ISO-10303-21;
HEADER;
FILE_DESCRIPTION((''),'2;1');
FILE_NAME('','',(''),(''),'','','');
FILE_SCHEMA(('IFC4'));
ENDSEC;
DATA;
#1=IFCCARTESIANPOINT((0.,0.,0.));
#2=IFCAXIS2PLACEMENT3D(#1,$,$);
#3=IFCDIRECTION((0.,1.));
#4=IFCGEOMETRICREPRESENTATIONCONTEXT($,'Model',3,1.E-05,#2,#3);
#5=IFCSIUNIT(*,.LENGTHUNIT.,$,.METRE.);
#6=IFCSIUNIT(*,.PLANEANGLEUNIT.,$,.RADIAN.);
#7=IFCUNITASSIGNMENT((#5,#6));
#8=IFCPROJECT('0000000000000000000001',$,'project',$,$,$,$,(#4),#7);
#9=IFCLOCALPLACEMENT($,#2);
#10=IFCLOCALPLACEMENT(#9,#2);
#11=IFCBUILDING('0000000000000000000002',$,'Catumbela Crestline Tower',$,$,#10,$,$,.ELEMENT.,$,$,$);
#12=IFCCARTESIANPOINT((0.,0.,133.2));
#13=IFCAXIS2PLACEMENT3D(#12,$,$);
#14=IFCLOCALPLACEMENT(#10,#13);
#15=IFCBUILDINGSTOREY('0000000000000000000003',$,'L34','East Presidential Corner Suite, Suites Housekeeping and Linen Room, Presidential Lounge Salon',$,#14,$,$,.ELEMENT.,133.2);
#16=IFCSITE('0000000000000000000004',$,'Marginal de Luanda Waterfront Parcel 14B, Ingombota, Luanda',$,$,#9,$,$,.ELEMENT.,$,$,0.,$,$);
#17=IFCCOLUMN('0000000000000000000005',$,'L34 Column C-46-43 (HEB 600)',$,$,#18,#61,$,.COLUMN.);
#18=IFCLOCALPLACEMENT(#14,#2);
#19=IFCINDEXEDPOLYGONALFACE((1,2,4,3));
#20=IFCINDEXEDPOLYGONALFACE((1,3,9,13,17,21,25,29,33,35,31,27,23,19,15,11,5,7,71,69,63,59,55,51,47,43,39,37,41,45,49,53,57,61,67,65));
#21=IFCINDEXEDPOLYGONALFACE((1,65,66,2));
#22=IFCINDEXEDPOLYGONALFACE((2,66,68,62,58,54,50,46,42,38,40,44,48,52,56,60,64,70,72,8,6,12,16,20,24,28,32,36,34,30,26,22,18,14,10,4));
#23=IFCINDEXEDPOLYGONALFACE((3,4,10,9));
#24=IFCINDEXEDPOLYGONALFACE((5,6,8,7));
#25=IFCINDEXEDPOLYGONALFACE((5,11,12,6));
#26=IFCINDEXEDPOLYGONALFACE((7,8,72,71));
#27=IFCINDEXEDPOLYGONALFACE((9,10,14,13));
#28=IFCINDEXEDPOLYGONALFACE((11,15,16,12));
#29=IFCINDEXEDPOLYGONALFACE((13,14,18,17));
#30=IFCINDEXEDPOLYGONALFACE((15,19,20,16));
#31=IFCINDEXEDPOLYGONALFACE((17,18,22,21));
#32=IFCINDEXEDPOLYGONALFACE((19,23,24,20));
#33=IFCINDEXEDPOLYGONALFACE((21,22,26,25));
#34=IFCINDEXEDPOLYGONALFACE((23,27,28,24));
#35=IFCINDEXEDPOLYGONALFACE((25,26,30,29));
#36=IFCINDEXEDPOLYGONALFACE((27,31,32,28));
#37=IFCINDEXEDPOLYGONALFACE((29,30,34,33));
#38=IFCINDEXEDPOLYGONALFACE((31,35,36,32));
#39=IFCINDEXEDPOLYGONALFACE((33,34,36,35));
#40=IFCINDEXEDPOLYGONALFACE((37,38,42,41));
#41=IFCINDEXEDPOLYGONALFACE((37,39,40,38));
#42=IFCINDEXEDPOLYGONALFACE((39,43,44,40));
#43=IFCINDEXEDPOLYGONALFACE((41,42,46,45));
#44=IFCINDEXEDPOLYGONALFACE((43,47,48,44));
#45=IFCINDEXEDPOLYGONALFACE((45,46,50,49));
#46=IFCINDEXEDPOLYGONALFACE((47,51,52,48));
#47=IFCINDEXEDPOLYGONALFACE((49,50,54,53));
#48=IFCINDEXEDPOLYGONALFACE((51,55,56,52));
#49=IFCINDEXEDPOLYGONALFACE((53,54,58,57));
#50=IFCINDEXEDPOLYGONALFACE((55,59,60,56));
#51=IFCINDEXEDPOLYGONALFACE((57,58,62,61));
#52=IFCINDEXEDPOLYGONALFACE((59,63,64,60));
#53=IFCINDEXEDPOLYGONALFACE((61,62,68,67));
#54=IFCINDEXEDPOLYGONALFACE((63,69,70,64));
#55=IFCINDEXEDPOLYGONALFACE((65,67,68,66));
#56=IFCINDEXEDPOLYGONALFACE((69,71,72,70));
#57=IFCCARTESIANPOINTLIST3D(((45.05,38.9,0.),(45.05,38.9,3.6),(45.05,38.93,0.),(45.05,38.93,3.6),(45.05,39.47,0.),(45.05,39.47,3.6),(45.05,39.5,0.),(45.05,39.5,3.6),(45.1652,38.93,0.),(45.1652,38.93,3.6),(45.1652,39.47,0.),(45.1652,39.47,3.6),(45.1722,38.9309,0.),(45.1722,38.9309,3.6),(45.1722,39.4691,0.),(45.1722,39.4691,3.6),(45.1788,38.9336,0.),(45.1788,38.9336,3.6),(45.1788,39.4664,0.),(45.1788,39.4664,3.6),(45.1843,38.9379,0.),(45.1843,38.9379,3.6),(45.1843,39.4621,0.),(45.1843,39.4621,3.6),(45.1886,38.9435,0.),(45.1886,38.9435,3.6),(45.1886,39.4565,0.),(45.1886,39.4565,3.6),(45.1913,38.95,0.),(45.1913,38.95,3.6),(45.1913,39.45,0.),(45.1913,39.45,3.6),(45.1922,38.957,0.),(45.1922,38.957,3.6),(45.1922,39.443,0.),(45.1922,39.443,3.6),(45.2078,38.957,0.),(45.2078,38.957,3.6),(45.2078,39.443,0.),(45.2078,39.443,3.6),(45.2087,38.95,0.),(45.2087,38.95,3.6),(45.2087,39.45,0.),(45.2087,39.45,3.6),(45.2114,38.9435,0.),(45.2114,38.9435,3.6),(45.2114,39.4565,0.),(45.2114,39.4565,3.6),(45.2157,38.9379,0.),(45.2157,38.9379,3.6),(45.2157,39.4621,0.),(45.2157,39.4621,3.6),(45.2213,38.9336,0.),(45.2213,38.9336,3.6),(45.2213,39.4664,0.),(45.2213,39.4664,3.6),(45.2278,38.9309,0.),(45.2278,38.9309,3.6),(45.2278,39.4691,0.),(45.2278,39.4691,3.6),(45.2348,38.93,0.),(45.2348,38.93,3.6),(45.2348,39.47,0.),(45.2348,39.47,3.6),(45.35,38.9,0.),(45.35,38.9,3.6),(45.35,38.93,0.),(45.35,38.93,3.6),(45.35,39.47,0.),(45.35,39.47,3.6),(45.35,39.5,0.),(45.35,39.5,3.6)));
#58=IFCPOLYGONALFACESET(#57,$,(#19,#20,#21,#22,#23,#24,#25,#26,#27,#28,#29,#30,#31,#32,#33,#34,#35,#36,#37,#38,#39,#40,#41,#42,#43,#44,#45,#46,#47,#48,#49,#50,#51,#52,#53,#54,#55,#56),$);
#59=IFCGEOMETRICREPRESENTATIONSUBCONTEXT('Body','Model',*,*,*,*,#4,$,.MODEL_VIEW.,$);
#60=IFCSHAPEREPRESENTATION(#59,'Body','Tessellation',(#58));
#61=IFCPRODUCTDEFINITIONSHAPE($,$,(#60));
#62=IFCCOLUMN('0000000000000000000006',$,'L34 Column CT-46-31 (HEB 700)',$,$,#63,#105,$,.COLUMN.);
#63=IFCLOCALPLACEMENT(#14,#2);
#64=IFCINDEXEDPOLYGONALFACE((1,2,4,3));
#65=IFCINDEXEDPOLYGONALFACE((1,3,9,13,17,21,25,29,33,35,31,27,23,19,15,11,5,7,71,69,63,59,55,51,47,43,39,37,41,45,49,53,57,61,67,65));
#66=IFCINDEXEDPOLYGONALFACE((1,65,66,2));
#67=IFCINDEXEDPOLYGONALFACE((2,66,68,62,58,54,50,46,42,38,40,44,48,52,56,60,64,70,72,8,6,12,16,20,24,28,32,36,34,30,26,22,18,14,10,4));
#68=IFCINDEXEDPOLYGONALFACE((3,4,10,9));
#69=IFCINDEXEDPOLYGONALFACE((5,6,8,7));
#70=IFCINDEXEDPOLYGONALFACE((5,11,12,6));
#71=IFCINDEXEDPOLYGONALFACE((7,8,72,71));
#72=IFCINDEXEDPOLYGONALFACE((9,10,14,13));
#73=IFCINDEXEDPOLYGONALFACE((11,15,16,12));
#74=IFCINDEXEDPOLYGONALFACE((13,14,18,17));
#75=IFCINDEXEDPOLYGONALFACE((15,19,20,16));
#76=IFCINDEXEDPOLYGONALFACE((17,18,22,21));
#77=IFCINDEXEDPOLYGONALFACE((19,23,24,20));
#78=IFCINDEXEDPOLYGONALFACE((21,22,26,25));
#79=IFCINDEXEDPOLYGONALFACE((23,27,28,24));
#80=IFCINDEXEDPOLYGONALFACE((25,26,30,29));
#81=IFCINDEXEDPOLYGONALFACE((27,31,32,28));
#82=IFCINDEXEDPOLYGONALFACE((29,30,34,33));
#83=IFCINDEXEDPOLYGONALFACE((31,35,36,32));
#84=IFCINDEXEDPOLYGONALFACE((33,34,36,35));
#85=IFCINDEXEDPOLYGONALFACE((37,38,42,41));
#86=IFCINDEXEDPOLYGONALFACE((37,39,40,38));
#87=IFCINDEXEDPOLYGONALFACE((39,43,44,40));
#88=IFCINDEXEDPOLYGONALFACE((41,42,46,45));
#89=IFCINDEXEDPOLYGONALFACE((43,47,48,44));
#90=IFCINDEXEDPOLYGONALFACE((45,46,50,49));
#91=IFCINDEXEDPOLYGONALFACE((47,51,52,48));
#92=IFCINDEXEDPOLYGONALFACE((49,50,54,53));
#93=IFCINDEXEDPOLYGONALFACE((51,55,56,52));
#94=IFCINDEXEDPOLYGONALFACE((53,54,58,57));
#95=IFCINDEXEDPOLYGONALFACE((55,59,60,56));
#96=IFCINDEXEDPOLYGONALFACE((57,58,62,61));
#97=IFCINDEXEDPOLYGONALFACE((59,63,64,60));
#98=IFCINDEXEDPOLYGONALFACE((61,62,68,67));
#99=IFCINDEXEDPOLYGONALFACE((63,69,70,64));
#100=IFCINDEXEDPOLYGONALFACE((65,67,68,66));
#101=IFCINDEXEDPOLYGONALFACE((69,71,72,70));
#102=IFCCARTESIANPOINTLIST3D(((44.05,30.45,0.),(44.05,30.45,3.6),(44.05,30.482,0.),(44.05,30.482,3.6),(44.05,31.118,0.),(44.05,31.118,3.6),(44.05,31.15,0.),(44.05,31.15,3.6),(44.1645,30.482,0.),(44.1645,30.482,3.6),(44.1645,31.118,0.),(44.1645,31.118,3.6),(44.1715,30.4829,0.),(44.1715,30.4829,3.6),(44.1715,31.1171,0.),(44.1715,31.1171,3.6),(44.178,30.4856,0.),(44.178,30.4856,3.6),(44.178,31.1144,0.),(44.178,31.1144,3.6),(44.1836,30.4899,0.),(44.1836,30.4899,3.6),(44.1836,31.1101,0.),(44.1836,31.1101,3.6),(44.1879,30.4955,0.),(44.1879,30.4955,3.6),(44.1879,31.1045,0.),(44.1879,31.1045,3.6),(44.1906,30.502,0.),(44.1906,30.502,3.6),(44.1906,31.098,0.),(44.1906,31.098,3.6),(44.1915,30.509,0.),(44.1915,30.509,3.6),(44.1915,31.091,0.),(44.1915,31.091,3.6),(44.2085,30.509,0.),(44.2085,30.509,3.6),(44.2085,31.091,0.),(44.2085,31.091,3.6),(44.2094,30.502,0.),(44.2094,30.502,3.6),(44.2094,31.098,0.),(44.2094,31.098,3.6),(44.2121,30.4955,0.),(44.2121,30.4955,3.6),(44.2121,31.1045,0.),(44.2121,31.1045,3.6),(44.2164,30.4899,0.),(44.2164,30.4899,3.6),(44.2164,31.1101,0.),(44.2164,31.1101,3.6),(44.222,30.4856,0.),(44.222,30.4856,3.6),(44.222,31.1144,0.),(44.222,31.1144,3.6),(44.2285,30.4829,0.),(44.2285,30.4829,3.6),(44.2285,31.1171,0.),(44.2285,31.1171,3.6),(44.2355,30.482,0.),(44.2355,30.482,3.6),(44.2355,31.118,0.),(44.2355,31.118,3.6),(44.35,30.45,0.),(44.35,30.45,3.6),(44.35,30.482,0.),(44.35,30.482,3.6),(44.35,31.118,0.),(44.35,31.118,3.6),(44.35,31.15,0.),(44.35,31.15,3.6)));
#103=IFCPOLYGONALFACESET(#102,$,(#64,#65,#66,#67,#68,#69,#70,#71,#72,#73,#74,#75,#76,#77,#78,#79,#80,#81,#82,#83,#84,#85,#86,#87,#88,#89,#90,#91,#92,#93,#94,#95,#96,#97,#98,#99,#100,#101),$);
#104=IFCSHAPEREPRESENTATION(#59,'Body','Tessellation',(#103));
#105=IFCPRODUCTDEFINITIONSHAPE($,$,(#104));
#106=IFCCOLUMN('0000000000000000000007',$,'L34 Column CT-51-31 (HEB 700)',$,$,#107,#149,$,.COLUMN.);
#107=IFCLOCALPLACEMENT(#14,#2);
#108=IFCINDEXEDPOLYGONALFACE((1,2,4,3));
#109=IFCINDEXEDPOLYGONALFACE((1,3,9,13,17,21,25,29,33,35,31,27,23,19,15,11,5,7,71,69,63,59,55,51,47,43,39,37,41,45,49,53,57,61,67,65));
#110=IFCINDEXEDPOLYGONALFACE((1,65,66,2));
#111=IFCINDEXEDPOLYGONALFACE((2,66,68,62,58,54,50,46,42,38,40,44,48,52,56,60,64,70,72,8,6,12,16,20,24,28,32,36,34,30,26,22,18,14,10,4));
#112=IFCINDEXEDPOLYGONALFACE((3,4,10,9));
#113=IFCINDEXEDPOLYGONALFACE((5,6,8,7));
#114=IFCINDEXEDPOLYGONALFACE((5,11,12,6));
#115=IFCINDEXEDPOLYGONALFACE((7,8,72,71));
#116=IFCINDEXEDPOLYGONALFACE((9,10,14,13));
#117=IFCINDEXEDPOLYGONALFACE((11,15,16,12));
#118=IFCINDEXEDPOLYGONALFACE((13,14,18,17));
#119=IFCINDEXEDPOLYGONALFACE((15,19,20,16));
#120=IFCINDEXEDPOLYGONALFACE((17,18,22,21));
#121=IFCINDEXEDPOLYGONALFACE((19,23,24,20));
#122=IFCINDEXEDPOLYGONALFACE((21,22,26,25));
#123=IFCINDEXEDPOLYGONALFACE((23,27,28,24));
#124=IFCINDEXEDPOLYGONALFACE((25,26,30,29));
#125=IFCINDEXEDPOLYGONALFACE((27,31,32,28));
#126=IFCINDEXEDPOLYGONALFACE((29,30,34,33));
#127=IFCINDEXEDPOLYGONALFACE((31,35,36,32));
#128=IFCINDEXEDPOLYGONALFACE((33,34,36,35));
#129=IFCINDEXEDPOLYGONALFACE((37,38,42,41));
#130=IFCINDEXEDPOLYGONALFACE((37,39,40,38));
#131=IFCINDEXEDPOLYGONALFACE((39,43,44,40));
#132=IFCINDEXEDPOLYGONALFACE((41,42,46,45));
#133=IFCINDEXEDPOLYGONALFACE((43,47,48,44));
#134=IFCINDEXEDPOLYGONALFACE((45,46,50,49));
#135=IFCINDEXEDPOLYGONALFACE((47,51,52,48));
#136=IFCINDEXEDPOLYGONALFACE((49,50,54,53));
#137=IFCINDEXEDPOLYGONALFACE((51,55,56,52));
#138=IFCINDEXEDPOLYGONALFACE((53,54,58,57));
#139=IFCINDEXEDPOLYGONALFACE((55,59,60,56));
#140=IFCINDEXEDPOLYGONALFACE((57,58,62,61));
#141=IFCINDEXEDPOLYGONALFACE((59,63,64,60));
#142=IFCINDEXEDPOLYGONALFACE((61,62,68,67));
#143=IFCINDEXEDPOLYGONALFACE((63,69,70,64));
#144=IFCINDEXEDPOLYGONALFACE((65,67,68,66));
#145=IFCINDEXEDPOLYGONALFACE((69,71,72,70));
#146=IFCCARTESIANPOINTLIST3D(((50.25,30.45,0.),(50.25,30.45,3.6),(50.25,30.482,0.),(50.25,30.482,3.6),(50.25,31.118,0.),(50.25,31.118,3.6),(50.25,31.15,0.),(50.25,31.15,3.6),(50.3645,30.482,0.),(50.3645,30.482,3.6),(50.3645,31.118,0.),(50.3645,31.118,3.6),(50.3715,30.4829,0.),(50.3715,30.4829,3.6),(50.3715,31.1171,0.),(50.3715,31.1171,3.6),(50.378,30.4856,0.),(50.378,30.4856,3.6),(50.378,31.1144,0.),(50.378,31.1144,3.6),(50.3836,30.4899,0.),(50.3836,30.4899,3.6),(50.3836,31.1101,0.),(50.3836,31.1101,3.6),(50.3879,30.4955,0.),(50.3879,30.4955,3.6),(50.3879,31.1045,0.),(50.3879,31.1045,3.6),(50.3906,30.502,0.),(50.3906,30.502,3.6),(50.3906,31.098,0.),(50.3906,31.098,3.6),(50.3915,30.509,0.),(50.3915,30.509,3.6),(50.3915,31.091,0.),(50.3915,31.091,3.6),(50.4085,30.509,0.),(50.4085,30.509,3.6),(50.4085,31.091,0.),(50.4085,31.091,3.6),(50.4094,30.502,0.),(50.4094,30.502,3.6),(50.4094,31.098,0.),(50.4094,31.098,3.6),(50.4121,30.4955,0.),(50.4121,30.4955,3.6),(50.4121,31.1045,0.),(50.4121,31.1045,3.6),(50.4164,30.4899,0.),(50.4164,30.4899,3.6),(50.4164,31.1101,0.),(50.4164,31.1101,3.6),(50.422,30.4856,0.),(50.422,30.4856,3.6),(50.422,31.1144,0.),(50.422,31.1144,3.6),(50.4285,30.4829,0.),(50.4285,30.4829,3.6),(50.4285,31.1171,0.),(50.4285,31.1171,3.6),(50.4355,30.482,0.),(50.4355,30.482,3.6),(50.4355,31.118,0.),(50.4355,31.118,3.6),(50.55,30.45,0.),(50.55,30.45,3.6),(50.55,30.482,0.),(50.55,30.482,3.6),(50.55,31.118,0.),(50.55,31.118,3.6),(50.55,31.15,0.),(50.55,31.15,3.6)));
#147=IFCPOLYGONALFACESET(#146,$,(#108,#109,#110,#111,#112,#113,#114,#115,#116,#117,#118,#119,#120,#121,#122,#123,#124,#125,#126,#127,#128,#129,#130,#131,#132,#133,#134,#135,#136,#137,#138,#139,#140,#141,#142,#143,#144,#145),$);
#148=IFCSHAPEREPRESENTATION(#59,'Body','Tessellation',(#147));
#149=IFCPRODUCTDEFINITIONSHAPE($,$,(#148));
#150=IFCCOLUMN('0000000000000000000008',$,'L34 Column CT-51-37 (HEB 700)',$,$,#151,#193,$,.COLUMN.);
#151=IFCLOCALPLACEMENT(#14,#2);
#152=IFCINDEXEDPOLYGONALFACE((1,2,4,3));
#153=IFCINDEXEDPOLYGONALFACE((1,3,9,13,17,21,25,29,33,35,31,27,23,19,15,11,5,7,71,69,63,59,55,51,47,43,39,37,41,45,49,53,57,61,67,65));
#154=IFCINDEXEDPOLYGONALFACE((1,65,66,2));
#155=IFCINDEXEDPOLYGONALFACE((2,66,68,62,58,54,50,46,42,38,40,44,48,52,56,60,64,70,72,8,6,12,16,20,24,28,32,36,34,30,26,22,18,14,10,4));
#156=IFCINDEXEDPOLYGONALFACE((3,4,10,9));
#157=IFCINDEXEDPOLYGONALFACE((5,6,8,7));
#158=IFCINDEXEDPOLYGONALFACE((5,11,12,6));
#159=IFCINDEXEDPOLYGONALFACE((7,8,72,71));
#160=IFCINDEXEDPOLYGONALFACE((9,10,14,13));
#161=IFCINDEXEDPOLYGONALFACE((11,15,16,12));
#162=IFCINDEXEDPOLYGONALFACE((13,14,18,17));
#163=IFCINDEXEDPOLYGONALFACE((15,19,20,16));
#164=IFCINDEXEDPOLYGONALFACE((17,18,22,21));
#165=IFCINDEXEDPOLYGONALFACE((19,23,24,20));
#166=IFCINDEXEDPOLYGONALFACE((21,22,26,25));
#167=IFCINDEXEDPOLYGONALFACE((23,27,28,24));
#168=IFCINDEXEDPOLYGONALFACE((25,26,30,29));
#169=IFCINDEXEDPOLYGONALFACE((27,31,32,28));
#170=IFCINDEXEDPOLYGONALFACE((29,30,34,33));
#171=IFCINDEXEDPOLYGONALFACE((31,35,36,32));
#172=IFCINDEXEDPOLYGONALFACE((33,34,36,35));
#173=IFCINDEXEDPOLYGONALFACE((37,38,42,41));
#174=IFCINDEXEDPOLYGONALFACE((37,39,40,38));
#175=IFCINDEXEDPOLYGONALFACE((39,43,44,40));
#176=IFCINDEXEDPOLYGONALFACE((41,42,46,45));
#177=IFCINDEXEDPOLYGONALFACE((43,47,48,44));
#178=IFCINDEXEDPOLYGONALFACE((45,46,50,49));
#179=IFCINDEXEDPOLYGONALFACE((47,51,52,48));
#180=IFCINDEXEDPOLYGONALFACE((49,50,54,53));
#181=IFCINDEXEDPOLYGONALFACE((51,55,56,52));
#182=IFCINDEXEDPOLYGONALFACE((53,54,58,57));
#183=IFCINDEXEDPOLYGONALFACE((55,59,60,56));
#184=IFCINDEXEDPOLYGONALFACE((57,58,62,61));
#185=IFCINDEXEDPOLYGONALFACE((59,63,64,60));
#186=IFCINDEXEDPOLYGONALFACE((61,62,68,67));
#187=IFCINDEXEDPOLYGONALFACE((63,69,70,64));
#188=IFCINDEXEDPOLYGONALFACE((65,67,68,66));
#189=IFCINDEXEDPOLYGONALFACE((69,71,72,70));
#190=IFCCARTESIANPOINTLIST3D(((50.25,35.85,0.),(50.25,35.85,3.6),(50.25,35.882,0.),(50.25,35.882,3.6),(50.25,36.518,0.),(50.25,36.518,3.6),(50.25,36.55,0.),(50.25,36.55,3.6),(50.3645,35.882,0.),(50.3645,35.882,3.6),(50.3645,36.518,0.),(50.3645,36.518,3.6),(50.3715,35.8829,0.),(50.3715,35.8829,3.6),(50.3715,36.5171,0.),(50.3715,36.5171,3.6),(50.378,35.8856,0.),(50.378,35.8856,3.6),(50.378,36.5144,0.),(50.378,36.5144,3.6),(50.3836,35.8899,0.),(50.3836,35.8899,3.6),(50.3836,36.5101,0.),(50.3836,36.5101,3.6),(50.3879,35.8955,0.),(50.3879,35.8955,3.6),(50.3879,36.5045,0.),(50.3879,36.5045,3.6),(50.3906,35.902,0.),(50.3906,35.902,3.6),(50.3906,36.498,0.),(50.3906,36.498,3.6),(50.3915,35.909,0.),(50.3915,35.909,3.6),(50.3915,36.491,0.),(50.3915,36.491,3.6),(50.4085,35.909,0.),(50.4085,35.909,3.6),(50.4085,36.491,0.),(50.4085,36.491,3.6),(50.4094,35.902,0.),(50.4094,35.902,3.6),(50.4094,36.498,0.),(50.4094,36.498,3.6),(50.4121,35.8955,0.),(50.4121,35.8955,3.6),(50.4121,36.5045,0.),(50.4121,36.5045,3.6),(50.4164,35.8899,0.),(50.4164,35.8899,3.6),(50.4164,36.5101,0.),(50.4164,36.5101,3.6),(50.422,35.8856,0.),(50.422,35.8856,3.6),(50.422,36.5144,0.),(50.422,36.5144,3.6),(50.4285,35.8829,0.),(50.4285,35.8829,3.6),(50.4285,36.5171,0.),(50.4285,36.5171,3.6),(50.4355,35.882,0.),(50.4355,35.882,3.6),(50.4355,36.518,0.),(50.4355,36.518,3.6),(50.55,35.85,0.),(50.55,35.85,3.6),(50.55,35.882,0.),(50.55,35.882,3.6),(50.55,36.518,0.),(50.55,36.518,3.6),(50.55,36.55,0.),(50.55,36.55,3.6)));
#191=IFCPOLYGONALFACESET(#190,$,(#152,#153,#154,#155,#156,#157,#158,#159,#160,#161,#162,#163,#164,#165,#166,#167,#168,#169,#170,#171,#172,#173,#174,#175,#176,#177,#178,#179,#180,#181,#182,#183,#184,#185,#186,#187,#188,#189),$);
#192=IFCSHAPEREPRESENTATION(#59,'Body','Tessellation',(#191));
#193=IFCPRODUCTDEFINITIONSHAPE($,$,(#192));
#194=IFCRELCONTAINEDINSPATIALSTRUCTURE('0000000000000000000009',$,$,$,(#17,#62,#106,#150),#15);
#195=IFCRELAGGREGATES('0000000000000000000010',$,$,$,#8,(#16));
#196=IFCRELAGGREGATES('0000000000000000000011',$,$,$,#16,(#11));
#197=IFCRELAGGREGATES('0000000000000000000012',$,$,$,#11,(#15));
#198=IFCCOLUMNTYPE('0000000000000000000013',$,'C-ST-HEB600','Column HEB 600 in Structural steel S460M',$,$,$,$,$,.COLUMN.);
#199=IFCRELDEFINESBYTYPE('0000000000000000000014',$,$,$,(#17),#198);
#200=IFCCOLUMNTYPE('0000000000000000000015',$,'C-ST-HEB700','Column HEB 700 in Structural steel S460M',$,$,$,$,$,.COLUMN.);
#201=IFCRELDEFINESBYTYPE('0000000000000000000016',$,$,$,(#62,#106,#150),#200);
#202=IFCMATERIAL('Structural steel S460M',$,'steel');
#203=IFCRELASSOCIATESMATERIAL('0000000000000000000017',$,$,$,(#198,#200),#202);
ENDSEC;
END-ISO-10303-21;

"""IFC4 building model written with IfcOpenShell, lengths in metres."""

from ifc_helpers import new_model, si_unit, direction, frame, origin, origin_2d, place, context, subcontext, project, spatial, i_section, extrude, material, material_profile, profile_set, type_object, element, save


model = new_model("IFC4")

# Units and contexts
model_context = context("Model", 3, precision=1e-05, world=origin(), true_north=direction((0.0, 1.0)))
body_context = subcontext(model_context, "Body", "Model", "MODEL_VIEW")
ifc_project = project(units=[si_unit("LENGTHUNIT", "METRE"), si_unit("PLANEANGLEUNIT", "RADIAN")], contexts=[model_context])

# Site, building, storey
site_placement = place(None, origin())
site = spatial("IfcSite", under=ifc_project, at=site_placement, Name="Marginal de Luanda Waterfront Parcel 14B, Ingombota, Luanda", CompositionType="ELEMENT", RefElevation=0.0)
building_placement = place(site_placement, origin())
building = spatial("IfcBuilding", under=site, at=building_placement, Name="Catumbela Crestline Tower", CompositionType="ELEMENT")
storey_placement = place(building_placement, frame((0.0, 0.0, 133.2)))
storey = spatial("IfcBuildingStorey", under=building, at=storey_placement, Name="L34", Description="East Presidential Corner Suite, Suites Housekeeping and Linen Room, Presidential Lounge Salon", CompositionType="ELEMENT", Elevation=133.2)

# Columns
ifc_material_1 = material(Name="Structural steel S460M", Category="steel")
ifc_material_profile_1 = material_profile(ifc_material_1, i_section(OverallWidth=0.3, OverallDepth=0.6, WebThickness=0.0155, FlangeThickness=0.03, FilletRadius=0.027, at=origin_2d()), Name="HEB 600")
ifc_profile_set_1 = profile_set([ifc_material_profile_1], Name="Structural steel S460M")
column_type_1 = type_object("IfcColumnType", Name="C-ST-HEB600", Description="Column HEB 600 in Structural steel S460M", PredefinedType="COLUMN", material=ifc_profile_set_1)
column_placement = place(storey_placement, frame((45.2, 39.2, 0.0), z_axis=(0.0, 0.0, 1.0), x_axis=(1.0, 0.0, 0.0)))
element("IfcColumn", 1, at=column_placement, inside=storey, type_object=column_type_1, Name="L34 Column C-46-43 (HEB 600)", PredefinedType="COLUMN", context=body_context, shape_type="SweptSolid", body=[
    extrude(i_section(OverallWidth=0.3, OverallDepth=0.6, WebThickness=0.0155, FlangeThickness=0.03, FilletRadius=0.027, at=origin_2d()), origin(), (0.0, 0.0, 1.0), 3.6),
])
ifc_material_profile_2 = material_profile(ifc_material_1, i_section(OverallWidth=0.3, OverallDepth=0.7, WebThickness=0.017, FlangeThickness=0.032, FilletRadius=0.027, at=origin_2d()), Name="HEB 700")
ifc_profile_set_2 = profile_set([ifc_material_profile_2], Name="Structural steel S460M")
column_type_2 = type_object("IfcColumnType", Name="C-ST-HEB700", Description="Column HEB 700 in Structural steel S460M", PredefinedType="COLUMN", material=ifc_profile_set_2)
for number, where, z_axis, x_axis, name in (
    (2, (44.2, 30.8, 0.0), (0.0, 0.0, 1.0), (1.0, 0.0, 0.0), "L34 Column CT-46-31 (HEB 700)"),
    (3, (50.4, 30.8, 0.0), (0.0, 0.0, 1.0), (1.0, 0.0, 0.0), "L34 Column CT-51-31 (HEB 700)"),
    (4, (50.4, 36.2, 0.0), (0.0, 0.0, 1.0), (1.0, 0.0, 0.0), "L34 Column CT-51-37 (HEB 700)"),
):
    element("IfcColumn", number, at=place(storey_placement, frame(where, z_axis=z_axis, x_axis=x_axis)), inside=storey, type_object=column_type_2, Name=name, PredefinedType="COLUMN", context=body_context, shape_type="SweptSolid", body=[
        extrude(i_section(OverallWidth=0.3, OverallDepth=0.7, WebThickness=0.017, FlangeThickness=0.032, FilletRadius=0.027, at=origin_2d()), origin(), (0.0, 0.0, 1.0), 3.6),
    ])

save(model, "model.ifc")
